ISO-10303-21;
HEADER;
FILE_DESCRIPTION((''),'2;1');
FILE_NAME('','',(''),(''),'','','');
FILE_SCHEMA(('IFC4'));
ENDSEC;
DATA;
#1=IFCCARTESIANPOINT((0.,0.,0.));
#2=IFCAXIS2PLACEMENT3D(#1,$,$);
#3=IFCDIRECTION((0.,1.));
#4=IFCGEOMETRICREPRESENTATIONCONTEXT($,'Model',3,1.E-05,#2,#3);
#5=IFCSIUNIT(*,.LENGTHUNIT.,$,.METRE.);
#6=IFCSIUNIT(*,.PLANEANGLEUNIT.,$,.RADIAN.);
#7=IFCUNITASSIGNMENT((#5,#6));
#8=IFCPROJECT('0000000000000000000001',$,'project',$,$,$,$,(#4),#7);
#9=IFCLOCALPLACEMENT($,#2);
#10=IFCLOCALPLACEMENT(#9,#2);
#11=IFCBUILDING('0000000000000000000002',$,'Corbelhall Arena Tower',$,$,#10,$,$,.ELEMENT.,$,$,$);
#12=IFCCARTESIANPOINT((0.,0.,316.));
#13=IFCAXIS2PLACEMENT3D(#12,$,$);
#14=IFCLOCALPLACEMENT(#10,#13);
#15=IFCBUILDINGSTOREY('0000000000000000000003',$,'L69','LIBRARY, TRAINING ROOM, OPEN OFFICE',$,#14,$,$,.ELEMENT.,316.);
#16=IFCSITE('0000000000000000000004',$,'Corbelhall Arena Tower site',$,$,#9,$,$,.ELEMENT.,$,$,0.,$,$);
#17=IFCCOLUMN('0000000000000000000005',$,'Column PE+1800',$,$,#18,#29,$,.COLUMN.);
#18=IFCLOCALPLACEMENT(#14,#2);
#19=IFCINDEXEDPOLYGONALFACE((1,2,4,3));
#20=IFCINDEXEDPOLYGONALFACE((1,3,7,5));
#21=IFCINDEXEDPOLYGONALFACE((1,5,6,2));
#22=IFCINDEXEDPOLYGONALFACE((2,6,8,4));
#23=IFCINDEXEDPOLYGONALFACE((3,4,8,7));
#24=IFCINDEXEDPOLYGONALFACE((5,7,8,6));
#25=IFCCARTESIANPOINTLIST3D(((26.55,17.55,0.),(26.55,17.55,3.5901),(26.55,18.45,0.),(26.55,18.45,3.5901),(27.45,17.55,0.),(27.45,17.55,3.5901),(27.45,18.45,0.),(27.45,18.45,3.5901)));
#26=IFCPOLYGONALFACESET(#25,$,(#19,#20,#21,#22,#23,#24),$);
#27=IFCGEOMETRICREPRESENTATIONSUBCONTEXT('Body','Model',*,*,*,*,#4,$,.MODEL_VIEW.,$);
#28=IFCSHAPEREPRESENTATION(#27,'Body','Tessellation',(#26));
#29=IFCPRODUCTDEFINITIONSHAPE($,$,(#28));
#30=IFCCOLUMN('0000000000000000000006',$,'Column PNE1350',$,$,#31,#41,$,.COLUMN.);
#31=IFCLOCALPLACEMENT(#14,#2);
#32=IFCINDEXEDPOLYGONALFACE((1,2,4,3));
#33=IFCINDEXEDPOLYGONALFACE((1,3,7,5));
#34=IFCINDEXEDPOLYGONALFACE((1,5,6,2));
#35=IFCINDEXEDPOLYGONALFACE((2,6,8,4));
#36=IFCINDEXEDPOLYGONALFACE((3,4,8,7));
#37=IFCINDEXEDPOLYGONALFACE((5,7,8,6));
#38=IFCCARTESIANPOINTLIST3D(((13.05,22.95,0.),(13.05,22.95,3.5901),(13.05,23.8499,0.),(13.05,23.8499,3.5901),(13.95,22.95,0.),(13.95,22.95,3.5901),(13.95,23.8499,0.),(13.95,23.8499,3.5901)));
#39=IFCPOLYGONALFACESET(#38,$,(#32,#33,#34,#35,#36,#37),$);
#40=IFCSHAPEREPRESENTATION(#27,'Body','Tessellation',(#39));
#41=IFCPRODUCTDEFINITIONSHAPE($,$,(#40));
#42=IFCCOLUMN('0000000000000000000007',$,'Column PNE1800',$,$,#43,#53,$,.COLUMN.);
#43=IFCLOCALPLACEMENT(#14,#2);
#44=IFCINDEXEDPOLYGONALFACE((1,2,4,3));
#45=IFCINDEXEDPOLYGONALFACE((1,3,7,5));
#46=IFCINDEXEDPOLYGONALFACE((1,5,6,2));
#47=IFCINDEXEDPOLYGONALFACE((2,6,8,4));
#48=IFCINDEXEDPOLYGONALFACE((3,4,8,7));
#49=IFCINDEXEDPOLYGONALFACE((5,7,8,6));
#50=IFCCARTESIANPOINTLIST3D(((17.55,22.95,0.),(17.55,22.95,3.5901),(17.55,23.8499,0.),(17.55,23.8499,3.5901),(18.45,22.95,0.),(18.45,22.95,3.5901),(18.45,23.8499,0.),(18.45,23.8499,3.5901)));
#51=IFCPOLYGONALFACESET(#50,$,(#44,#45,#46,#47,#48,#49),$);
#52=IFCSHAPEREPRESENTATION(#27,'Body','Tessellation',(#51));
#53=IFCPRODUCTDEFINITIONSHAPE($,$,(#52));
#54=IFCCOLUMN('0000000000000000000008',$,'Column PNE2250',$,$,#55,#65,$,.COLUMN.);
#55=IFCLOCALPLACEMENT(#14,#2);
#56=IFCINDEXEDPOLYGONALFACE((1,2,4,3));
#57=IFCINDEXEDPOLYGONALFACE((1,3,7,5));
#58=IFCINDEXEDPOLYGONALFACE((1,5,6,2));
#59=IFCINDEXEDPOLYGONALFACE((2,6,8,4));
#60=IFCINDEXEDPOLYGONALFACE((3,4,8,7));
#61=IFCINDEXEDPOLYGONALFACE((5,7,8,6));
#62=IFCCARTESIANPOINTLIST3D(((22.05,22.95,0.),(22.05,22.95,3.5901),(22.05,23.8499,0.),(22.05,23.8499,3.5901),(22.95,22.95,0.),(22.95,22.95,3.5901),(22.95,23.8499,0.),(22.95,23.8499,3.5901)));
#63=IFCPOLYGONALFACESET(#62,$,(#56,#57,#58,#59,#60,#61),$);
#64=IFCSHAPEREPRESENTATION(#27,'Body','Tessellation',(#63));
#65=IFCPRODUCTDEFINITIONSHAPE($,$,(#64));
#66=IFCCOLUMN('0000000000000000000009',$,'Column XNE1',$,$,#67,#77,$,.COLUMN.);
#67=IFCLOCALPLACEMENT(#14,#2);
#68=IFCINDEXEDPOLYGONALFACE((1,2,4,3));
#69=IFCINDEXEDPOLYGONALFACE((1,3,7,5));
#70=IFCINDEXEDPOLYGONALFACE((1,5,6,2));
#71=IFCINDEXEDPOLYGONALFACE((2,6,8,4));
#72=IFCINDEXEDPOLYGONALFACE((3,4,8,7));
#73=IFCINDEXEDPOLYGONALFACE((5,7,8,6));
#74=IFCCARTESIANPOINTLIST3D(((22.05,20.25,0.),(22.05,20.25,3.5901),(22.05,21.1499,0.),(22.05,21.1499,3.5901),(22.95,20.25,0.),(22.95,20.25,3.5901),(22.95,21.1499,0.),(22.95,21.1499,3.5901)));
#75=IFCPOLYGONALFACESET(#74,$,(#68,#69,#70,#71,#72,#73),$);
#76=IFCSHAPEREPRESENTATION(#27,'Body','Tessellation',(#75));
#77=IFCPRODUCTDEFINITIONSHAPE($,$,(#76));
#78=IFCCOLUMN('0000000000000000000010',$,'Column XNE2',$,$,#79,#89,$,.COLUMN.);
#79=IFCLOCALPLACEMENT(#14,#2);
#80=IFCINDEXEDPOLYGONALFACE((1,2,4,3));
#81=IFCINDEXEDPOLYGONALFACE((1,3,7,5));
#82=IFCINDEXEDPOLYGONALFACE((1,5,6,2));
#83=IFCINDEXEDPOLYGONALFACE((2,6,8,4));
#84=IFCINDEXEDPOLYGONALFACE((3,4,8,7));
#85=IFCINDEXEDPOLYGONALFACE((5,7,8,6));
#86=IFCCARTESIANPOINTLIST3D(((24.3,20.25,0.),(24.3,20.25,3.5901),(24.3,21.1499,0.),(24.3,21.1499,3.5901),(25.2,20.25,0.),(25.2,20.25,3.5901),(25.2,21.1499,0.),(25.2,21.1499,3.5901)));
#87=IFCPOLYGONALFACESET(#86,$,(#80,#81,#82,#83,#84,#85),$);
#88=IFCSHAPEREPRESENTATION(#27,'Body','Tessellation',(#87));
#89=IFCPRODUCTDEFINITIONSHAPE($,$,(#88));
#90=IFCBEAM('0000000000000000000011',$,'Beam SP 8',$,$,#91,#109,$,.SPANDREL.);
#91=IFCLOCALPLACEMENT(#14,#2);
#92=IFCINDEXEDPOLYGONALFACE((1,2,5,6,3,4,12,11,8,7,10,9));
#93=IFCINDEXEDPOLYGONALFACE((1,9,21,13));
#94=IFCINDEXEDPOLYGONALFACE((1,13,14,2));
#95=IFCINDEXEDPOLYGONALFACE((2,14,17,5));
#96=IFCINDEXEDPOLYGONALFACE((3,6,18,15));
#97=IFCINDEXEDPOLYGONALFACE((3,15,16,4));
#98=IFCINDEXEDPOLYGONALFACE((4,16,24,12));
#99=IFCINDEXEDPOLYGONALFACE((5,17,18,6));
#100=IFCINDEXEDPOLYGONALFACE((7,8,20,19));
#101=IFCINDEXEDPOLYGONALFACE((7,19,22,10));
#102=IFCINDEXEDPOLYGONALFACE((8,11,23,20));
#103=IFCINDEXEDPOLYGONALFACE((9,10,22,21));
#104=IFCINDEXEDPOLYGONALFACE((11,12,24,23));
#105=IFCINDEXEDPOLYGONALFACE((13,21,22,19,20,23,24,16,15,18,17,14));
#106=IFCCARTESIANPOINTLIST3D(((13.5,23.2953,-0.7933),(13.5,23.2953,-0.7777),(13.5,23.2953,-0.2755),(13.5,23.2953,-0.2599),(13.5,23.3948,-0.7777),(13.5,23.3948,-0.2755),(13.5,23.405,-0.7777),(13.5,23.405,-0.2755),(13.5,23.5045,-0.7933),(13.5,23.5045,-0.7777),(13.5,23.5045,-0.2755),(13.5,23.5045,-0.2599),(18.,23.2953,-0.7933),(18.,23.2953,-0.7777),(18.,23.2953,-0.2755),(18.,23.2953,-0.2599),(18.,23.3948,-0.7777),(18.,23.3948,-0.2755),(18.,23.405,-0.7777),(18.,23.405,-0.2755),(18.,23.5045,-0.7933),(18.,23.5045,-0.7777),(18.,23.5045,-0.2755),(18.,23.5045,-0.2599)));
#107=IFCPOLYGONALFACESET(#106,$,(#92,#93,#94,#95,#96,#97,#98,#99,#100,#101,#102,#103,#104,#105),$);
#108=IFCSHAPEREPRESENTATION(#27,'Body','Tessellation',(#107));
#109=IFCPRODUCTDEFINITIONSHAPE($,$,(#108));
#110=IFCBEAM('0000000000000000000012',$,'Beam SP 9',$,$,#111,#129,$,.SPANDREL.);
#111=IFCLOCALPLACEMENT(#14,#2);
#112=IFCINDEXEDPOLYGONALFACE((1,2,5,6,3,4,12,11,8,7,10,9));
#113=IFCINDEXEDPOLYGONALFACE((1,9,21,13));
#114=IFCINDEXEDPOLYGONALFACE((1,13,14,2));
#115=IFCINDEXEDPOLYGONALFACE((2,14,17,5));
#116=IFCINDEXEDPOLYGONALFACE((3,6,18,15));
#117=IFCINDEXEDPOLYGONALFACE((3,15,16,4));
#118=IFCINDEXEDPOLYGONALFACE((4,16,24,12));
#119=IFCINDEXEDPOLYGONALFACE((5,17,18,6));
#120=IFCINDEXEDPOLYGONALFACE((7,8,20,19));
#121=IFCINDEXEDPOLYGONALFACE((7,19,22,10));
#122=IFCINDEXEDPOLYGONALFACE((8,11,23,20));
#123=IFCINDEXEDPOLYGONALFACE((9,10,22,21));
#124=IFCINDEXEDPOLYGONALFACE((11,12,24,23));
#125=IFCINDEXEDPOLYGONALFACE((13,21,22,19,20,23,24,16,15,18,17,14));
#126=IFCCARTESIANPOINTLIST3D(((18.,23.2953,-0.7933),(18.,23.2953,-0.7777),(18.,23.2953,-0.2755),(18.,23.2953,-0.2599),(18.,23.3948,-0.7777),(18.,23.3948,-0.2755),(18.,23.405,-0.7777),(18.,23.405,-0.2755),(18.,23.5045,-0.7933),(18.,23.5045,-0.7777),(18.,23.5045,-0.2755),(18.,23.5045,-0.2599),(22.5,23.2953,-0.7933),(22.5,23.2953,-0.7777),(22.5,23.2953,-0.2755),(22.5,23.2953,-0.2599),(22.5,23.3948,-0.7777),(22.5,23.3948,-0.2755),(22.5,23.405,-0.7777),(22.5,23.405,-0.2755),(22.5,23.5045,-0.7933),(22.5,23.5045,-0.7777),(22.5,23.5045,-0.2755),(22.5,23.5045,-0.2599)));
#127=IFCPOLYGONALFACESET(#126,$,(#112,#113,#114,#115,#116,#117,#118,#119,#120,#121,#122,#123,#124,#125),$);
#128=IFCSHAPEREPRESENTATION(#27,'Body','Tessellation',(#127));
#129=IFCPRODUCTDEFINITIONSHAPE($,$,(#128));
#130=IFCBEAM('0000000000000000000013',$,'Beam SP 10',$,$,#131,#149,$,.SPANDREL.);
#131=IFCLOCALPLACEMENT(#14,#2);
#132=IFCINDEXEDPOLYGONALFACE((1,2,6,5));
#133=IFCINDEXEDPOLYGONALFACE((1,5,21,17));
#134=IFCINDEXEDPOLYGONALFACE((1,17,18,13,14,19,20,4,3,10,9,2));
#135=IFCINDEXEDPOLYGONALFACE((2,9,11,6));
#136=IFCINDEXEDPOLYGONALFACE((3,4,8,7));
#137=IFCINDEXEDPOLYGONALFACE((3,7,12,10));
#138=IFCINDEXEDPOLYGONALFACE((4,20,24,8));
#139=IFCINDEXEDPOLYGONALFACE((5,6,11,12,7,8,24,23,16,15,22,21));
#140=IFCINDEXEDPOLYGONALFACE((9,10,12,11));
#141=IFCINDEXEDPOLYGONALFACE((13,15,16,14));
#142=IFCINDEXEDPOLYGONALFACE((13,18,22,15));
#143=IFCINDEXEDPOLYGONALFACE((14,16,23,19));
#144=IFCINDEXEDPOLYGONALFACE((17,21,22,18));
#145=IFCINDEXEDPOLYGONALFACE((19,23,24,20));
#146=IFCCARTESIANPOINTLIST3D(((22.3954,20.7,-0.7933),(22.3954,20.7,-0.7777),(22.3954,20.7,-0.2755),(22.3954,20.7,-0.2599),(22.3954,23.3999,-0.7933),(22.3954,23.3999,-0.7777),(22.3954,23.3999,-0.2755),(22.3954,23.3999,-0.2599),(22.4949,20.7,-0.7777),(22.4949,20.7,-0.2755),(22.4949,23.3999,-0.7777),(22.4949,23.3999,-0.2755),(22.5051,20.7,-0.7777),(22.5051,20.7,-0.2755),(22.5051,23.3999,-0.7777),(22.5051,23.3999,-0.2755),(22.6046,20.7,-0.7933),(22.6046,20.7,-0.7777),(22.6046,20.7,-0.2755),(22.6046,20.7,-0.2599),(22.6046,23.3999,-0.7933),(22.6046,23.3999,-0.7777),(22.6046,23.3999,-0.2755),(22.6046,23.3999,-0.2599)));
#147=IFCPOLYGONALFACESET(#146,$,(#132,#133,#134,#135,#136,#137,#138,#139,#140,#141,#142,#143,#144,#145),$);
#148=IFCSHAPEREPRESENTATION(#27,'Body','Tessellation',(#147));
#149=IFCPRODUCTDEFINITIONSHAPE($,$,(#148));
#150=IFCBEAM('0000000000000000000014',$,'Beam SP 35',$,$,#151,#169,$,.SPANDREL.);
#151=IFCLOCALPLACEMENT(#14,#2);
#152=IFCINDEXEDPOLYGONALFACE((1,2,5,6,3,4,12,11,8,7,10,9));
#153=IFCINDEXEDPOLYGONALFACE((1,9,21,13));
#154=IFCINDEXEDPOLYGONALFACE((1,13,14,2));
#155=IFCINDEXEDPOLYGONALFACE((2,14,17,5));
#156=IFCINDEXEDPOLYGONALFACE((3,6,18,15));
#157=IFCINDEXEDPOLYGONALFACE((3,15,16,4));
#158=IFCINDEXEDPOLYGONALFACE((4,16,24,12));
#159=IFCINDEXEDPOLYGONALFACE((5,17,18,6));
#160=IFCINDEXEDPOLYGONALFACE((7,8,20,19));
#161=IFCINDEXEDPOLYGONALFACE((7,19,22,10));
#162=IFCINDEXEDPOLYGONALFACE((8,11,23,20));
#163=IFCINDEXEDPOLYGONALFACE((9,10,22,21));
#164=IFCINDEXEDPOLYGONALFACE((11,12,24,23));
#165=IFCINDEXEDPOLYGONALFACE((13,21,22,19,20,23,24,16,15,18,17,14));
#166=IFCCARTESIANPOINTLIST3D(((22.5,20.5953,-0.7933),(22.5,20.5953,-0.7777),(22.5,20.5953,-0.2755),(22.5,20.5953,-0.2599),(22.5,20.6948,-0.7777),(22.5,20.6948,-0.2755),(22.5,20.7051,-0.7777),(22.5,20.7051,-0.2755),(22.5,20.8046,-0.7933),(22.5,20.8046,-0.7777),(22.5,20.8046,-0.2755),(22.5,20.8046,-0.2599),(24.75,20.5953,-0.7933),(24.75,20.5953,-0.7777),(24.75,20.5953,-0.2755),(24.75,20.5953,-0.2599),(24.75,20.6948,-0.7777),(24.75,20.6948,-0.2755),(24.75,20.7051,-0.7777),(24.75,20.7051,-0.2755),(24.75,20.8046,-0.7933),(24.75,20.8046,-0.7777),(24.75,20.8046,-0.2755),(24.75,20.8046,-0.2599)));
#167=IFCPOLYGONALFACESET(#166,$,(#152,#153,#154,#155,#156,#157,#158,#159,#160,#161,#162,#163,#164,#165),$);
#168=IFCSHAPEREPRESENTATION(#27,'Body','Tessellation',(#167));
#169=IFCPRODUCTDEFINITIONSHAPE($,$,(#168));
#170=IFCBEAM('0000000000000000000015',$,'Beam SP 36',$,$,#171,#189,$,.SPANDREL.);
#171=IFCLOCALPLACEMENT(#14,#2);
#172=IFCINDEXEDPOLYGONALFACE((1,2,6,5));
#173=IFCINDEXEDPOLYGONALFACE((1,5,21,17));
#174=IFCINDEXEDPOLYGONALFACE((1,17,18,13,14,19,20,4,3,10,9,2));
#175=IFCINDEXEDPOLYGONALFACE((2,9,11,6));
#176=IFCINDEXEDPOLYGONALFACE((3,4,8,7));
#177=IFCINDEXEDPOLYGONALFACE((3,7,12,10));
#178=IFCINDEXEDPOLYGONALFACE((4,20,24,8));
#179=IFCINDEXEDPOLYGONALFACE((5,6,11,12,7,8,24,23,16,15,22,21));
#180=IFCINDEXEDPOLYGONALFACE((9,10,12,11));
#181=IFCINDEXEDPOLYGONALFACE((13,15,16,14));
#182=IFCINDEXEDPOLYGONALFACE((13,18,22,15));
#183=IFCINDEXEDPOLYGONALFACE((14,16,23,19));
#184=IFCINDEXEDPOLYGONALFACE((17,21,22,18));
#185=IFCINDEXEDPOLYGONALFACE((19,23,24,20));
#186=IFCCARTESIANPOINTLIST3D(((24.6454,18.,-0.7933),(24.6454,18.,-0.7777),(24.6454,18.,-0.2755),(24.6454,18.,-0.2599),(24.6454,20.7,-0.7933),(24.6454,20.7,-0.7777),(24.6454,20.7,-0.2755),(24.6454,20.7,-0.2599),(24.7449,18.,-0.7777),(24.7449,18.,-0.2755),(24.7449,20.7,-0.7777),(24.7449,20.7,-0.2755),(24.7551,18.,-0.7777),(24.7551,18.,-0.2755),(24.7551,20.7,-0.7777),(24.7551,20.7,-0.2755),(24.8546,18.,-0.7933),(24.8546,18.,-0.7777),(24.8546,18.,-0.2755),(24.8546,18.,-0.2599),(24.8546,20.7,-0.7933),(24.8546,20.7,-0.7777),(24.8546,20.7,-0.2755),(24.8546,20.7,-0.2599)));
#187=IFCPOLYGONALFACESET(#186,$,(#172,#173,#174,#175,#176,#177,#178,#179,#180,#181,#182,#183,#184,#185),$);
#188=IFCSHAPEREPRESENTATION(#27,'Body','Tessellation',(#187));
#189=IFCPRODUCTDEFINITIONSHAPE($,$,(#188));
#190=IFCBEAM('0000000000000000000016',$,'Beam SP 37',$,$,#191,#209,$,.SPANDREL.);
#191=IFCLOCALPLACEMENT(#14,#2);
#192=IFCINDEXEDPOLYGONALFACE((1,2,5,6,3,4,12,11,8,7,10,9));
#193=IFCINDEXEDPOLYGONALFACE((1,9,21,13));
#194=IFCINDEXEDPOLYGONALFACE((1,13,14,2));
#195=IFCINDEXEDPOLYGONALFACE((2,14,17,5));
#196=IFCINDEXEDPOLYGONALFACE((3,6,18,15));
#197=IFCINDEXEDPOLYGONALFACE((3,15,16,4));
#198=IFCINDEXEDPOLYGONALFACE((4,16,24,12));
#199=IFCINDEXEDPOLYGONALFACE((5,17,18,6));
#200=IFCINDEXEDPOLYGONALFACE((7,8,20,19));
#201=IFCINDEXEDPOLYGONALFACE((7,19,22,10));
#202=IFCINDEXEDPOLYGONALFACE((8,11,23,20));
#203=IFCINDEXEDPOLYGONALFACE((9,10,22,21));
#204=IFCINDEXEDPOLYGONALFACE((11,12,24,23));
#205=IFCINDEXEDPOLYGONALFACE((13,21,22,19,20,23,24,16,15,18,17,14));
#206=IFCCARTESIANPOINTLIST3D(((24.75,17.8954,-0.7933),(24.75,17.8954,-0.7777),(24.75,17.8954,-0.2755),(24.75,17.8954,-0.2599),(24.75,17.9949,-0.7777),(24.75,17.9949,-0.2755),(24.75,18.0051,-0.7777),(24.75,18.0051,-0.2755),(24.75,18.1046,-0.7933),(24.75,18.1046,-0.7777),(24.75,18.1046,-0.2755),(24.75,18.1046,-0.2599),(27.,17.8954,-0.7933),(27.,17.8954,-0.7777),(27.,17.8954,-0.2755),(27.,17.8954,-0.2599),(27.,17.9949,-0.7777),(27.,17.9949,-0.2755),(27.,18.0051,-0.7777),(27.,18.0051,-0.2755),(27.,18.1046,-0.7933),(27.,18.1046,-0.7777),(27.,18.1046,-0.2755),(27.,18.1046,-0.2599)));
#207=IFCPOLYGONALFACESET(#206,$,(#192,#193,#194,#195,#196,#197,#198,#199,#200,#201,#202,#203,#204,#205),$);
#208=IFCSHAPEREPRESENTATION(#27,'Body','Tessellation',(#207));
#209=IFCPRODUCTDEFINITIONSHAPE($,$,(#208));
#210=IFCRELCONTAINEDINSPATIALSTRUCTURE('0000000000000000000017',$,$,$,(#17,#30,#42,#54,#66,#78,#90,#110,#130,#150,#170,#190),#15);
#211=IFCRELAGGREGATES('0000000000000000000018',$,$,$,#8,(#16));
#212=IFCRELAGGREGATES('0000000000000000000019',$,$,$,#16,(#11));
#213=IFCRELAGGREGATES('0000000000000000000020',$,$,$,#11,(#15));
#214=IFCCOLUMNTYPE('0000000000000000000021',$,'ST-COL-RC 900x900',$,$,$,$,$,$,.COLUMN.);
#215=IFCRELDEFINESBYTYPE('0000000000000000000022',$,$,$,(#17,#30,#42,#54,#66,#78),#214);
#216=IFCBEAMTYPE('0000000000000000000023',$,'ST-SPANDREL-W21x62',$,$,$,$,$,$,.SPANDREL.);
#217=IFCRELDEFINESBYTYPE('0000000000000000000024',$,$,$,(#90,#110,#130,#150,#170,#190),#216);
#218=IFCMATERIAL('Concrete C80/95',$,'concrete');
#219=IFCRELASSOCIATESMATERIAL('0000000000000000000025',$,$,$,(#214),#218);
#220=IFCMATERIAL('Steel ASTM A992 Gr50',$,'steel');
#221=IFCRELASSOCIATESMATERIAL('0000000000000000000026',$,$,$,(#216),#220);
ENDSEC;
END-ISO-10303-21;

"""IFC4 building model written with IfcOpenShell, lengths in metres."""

from ifc_helpers import new_model, si_unit, direction, frame, origin, origin_2d, place, context, subcontext, project, spatial, rectangle, i_section, extrude, material, material_profile, profile_set, type_object, element, save


model = new_model("IFC4")

# Units and contexts
model_context = context("Model", 3, precision=1e-05, world=origin(), true_north=direction((0.0, 1.0)))
body_context = subcontext(model_context, "Body", "Model", "MODEL_VIEW")
ifc_project = project(units=[si_unit("LENGTHUNIT", "METRE"), si_unit("PLANEANGLEUNIT", "RADIAN")], contexts=[model_context])

# Site, building, storey
site_placement = place(None, origin())
site = spatial("IfcSite", under=ifc_project, at=site_placement, Name="Corbelhall Arena Tower site", CompositionType="ELEMENT", RefElevation=0.0)
building_placement = place(site_placement, origin())
building = spatial("IfcBuilding", under=site, at=building_placement, Name="Corbelhall Arena Tower", CompositionType="ELEMENT")
storey_placement = place(building_placement, frame((0.0, 0.0, 316.0)))
storey = spatial("IfcBuildingStorey", under=building, at=storey_placement, Name="L69", Description="LIBRARY, TRAINING ROOM, OPEN OFFICE", CompositionType="ELEMENT", Elevation=316.0)

# Columns
ifc_material_1 = material(Name="Concrete C80/95", Category="concrete")
ifc_material_profile_1 = material_profile(ifc_material_1, rectangle(XDim=0.8999, YDim=0.8999, at=origin_2d()))
ifc_profile_set_1 = profile_set([ifc_material_profile_1], Name="Concrete C80/95")
column_type = type_object("IfcColumnType", Name="ST-COL-RC 900x900", PredefinedType="COLUMN", material=ifc_profile_set_1)
for number, where, z_axis, x_axis, name in (
    (1, (27.0, 18.0, 0.0), (0.0, 0.0, 1.0), (0.0, 1.0, 0.0), "Column PE+1800"),
    (2, (13.5, 23.3999, 0.0), (0.0, 0.0, 1.0), (1.0, 0.0, 0.0), "Column PNE1350"),
    (3, (18.0, 23.3999, 0.0), (0.0, 0.0, 1.0), (1.0, 0.0, 0.0), "Column PNE1800"),
    (4, (22.5, 23.3999, 0.0), (0.0, 0.0, 1.0), (1.0, 0.0, 0.0), "Column PNE2250"),
    (5, (22.5, 20.7, 0.0), (0.0, 0.0, 1.0), (1.0, 0.0, 0.0), "Column XNE1"),
    (6, (24.75, 20.7, 0.0), (0.0, 0.0, 1.0), (1.0, 0.0, 0.0), "Column XNE2"),
):
    element("IfcColumn", number, at=place(storey_placement, frame(where, z_axis=z_axis, x_axis=x_axis)), inside=storey, type_object=column_type, Name=name, PredefinedType="COLUMN", context=body_context, shape_type="SweptSolid", body=[
        extrude(rectangle(XDim=0.8999, YDim=0.8999, at=origin_2d()), origin(), (0.0, 0.0, 1.0), 3.5901),
    ])

# Beams
ifc_material_2 = material(Name="Steel ASTM A992 Gr50", Category="steel")
ifc_material_profile_2 = material_profile(ifc_material_2, i_section(OverallWidth=0.2092, OverallDepth=0.5334, WebThickness=0.0103, FlangeThickness=0.0156, at=origin_2d()))
ifc_profile_set_2 = profile_set([ifc_material_profile_2], Name="Steel ASTM A992 Gr50")
beam_type_1 = type_object("IfcBeamType", Name="ST-SPANDREL-W21x62", PredefinedType="SPANDREL", material=ifc_profile_set_2)
for number, where, z_axis, x_axis, name in (
    (7, (13.5, 23.3999, -0.5266), (1.0, 0.0, 0.0), (0.0, 1.0, 0.0), "Beam SP 8"),
    (8, (18.0, 23.3999, -0.5266), (1.0, 0.0, 0.0), (0.0, 1.0, 0.0), "Beam SP 9"),
):
    element("IfcBeam", number, at=place(storey_placement, frame(where, z_axis=z_axis, x_axis=x_axis)), inside=storey, type_object=beam_type_1, Name=name, PredefinedType="SPANDREL", context=body_context, shape_type="SweptSolid", body=[
        extrude(i_section(OverallWidth=0.2092, OverallDepth=0.5334, WebThickness=0.0103, FlangeThickness=0.0156, at=origin_2d()), origin(), (0.0, 0.0, 1.0), 4.5),
    ])
beam_1_placement = place(storey_placement, frame((22.5, 23.3999, -0.5266), z_axis=(0.0, -1.0, 0.0), x_axis=(1.0, 0.0, 0.0)))
element("IfcBeam", 9, at=beam_1_placement, inside=storey, type_object=beam_type_1, Name="Beam SP 10", PredefinedType="SPANDREL", context=body_context, shape_type="SweptSolid", body=[
    extrude(i_section(OverallWidth=0.2092, OverallDepth=0.5334, WebThickness=0.0103, FlangeThickness=0.0156, at=origin_2d()), origin(), (0.0, 0.0, 1.0), 2.7),
])
beam_2_placement = place(storey_placement, frame((22.5, 20.7, -0.5266), z_axis=(1.0, 0.0, 0.0), x_axis=(0.0, 1.0, 0.0)))
element("IfcBeam", 10, at=beam_2_placement, inside=storey, type_object=beam_type_1, Name="Beam SP 35", PredefinedType="SPANDREL", context=body_context, shape_type="SweptSolid", body=[
    extrude(i_section(OverallWidth=0.2092, OverallDepth=0.5334, WebThickness=0.0103, FlangeThickness=0.0156, at=origin_2d()), origin(), (0.0, 0.0, 1.0), 2.25),
])
beam_3_placement = place(storey_placement, frame((24.75, 20.7, -0.5266), z_axis=(0.0, -1.0, 0.0), x_axis=(1.0, 0.0, 0.0)))
element("IfcBeam", 11, at=beam_3_placement, inside=storey, type_object=beam_type_1, Name="Beam SP 36", PredefinedType="SPANDREL", context=body_context, shape_type="SweptSolid", body=[
    extrude(i_section(OverallWidth=0.2092, OverallDepth=0.5334, WebThickness=0.0103, FlangeThickness=0.0156, at=origin_2d()), origin(), (0.0, 0.0, 1.0), 2.7),
])
beam_4_placement = place(storey_placement, frame((24.75, 18.0, -0.5266), z_axis=(1.0, 0.0, 0.0), x_axis=(0.0, 1.0, 0.0)))
element("IfcBeam", 12, at=beam_4_placement, inside=storey, type_object=beam_type_1, Name="Beam SP 37", PredefinedType="SPANDREL", context=body_context, shape_type="SweptSolid", body=[
    extrude(i_section(OverallWidth=0.2092, OverallDepth=0.5334, WebThickness=0.0103, FlangeThickness=0.0156, at=origin_2d()), origin(), (0.0, 0.0, 1.0), 2.25),
])

save(model, "model.ifc")
